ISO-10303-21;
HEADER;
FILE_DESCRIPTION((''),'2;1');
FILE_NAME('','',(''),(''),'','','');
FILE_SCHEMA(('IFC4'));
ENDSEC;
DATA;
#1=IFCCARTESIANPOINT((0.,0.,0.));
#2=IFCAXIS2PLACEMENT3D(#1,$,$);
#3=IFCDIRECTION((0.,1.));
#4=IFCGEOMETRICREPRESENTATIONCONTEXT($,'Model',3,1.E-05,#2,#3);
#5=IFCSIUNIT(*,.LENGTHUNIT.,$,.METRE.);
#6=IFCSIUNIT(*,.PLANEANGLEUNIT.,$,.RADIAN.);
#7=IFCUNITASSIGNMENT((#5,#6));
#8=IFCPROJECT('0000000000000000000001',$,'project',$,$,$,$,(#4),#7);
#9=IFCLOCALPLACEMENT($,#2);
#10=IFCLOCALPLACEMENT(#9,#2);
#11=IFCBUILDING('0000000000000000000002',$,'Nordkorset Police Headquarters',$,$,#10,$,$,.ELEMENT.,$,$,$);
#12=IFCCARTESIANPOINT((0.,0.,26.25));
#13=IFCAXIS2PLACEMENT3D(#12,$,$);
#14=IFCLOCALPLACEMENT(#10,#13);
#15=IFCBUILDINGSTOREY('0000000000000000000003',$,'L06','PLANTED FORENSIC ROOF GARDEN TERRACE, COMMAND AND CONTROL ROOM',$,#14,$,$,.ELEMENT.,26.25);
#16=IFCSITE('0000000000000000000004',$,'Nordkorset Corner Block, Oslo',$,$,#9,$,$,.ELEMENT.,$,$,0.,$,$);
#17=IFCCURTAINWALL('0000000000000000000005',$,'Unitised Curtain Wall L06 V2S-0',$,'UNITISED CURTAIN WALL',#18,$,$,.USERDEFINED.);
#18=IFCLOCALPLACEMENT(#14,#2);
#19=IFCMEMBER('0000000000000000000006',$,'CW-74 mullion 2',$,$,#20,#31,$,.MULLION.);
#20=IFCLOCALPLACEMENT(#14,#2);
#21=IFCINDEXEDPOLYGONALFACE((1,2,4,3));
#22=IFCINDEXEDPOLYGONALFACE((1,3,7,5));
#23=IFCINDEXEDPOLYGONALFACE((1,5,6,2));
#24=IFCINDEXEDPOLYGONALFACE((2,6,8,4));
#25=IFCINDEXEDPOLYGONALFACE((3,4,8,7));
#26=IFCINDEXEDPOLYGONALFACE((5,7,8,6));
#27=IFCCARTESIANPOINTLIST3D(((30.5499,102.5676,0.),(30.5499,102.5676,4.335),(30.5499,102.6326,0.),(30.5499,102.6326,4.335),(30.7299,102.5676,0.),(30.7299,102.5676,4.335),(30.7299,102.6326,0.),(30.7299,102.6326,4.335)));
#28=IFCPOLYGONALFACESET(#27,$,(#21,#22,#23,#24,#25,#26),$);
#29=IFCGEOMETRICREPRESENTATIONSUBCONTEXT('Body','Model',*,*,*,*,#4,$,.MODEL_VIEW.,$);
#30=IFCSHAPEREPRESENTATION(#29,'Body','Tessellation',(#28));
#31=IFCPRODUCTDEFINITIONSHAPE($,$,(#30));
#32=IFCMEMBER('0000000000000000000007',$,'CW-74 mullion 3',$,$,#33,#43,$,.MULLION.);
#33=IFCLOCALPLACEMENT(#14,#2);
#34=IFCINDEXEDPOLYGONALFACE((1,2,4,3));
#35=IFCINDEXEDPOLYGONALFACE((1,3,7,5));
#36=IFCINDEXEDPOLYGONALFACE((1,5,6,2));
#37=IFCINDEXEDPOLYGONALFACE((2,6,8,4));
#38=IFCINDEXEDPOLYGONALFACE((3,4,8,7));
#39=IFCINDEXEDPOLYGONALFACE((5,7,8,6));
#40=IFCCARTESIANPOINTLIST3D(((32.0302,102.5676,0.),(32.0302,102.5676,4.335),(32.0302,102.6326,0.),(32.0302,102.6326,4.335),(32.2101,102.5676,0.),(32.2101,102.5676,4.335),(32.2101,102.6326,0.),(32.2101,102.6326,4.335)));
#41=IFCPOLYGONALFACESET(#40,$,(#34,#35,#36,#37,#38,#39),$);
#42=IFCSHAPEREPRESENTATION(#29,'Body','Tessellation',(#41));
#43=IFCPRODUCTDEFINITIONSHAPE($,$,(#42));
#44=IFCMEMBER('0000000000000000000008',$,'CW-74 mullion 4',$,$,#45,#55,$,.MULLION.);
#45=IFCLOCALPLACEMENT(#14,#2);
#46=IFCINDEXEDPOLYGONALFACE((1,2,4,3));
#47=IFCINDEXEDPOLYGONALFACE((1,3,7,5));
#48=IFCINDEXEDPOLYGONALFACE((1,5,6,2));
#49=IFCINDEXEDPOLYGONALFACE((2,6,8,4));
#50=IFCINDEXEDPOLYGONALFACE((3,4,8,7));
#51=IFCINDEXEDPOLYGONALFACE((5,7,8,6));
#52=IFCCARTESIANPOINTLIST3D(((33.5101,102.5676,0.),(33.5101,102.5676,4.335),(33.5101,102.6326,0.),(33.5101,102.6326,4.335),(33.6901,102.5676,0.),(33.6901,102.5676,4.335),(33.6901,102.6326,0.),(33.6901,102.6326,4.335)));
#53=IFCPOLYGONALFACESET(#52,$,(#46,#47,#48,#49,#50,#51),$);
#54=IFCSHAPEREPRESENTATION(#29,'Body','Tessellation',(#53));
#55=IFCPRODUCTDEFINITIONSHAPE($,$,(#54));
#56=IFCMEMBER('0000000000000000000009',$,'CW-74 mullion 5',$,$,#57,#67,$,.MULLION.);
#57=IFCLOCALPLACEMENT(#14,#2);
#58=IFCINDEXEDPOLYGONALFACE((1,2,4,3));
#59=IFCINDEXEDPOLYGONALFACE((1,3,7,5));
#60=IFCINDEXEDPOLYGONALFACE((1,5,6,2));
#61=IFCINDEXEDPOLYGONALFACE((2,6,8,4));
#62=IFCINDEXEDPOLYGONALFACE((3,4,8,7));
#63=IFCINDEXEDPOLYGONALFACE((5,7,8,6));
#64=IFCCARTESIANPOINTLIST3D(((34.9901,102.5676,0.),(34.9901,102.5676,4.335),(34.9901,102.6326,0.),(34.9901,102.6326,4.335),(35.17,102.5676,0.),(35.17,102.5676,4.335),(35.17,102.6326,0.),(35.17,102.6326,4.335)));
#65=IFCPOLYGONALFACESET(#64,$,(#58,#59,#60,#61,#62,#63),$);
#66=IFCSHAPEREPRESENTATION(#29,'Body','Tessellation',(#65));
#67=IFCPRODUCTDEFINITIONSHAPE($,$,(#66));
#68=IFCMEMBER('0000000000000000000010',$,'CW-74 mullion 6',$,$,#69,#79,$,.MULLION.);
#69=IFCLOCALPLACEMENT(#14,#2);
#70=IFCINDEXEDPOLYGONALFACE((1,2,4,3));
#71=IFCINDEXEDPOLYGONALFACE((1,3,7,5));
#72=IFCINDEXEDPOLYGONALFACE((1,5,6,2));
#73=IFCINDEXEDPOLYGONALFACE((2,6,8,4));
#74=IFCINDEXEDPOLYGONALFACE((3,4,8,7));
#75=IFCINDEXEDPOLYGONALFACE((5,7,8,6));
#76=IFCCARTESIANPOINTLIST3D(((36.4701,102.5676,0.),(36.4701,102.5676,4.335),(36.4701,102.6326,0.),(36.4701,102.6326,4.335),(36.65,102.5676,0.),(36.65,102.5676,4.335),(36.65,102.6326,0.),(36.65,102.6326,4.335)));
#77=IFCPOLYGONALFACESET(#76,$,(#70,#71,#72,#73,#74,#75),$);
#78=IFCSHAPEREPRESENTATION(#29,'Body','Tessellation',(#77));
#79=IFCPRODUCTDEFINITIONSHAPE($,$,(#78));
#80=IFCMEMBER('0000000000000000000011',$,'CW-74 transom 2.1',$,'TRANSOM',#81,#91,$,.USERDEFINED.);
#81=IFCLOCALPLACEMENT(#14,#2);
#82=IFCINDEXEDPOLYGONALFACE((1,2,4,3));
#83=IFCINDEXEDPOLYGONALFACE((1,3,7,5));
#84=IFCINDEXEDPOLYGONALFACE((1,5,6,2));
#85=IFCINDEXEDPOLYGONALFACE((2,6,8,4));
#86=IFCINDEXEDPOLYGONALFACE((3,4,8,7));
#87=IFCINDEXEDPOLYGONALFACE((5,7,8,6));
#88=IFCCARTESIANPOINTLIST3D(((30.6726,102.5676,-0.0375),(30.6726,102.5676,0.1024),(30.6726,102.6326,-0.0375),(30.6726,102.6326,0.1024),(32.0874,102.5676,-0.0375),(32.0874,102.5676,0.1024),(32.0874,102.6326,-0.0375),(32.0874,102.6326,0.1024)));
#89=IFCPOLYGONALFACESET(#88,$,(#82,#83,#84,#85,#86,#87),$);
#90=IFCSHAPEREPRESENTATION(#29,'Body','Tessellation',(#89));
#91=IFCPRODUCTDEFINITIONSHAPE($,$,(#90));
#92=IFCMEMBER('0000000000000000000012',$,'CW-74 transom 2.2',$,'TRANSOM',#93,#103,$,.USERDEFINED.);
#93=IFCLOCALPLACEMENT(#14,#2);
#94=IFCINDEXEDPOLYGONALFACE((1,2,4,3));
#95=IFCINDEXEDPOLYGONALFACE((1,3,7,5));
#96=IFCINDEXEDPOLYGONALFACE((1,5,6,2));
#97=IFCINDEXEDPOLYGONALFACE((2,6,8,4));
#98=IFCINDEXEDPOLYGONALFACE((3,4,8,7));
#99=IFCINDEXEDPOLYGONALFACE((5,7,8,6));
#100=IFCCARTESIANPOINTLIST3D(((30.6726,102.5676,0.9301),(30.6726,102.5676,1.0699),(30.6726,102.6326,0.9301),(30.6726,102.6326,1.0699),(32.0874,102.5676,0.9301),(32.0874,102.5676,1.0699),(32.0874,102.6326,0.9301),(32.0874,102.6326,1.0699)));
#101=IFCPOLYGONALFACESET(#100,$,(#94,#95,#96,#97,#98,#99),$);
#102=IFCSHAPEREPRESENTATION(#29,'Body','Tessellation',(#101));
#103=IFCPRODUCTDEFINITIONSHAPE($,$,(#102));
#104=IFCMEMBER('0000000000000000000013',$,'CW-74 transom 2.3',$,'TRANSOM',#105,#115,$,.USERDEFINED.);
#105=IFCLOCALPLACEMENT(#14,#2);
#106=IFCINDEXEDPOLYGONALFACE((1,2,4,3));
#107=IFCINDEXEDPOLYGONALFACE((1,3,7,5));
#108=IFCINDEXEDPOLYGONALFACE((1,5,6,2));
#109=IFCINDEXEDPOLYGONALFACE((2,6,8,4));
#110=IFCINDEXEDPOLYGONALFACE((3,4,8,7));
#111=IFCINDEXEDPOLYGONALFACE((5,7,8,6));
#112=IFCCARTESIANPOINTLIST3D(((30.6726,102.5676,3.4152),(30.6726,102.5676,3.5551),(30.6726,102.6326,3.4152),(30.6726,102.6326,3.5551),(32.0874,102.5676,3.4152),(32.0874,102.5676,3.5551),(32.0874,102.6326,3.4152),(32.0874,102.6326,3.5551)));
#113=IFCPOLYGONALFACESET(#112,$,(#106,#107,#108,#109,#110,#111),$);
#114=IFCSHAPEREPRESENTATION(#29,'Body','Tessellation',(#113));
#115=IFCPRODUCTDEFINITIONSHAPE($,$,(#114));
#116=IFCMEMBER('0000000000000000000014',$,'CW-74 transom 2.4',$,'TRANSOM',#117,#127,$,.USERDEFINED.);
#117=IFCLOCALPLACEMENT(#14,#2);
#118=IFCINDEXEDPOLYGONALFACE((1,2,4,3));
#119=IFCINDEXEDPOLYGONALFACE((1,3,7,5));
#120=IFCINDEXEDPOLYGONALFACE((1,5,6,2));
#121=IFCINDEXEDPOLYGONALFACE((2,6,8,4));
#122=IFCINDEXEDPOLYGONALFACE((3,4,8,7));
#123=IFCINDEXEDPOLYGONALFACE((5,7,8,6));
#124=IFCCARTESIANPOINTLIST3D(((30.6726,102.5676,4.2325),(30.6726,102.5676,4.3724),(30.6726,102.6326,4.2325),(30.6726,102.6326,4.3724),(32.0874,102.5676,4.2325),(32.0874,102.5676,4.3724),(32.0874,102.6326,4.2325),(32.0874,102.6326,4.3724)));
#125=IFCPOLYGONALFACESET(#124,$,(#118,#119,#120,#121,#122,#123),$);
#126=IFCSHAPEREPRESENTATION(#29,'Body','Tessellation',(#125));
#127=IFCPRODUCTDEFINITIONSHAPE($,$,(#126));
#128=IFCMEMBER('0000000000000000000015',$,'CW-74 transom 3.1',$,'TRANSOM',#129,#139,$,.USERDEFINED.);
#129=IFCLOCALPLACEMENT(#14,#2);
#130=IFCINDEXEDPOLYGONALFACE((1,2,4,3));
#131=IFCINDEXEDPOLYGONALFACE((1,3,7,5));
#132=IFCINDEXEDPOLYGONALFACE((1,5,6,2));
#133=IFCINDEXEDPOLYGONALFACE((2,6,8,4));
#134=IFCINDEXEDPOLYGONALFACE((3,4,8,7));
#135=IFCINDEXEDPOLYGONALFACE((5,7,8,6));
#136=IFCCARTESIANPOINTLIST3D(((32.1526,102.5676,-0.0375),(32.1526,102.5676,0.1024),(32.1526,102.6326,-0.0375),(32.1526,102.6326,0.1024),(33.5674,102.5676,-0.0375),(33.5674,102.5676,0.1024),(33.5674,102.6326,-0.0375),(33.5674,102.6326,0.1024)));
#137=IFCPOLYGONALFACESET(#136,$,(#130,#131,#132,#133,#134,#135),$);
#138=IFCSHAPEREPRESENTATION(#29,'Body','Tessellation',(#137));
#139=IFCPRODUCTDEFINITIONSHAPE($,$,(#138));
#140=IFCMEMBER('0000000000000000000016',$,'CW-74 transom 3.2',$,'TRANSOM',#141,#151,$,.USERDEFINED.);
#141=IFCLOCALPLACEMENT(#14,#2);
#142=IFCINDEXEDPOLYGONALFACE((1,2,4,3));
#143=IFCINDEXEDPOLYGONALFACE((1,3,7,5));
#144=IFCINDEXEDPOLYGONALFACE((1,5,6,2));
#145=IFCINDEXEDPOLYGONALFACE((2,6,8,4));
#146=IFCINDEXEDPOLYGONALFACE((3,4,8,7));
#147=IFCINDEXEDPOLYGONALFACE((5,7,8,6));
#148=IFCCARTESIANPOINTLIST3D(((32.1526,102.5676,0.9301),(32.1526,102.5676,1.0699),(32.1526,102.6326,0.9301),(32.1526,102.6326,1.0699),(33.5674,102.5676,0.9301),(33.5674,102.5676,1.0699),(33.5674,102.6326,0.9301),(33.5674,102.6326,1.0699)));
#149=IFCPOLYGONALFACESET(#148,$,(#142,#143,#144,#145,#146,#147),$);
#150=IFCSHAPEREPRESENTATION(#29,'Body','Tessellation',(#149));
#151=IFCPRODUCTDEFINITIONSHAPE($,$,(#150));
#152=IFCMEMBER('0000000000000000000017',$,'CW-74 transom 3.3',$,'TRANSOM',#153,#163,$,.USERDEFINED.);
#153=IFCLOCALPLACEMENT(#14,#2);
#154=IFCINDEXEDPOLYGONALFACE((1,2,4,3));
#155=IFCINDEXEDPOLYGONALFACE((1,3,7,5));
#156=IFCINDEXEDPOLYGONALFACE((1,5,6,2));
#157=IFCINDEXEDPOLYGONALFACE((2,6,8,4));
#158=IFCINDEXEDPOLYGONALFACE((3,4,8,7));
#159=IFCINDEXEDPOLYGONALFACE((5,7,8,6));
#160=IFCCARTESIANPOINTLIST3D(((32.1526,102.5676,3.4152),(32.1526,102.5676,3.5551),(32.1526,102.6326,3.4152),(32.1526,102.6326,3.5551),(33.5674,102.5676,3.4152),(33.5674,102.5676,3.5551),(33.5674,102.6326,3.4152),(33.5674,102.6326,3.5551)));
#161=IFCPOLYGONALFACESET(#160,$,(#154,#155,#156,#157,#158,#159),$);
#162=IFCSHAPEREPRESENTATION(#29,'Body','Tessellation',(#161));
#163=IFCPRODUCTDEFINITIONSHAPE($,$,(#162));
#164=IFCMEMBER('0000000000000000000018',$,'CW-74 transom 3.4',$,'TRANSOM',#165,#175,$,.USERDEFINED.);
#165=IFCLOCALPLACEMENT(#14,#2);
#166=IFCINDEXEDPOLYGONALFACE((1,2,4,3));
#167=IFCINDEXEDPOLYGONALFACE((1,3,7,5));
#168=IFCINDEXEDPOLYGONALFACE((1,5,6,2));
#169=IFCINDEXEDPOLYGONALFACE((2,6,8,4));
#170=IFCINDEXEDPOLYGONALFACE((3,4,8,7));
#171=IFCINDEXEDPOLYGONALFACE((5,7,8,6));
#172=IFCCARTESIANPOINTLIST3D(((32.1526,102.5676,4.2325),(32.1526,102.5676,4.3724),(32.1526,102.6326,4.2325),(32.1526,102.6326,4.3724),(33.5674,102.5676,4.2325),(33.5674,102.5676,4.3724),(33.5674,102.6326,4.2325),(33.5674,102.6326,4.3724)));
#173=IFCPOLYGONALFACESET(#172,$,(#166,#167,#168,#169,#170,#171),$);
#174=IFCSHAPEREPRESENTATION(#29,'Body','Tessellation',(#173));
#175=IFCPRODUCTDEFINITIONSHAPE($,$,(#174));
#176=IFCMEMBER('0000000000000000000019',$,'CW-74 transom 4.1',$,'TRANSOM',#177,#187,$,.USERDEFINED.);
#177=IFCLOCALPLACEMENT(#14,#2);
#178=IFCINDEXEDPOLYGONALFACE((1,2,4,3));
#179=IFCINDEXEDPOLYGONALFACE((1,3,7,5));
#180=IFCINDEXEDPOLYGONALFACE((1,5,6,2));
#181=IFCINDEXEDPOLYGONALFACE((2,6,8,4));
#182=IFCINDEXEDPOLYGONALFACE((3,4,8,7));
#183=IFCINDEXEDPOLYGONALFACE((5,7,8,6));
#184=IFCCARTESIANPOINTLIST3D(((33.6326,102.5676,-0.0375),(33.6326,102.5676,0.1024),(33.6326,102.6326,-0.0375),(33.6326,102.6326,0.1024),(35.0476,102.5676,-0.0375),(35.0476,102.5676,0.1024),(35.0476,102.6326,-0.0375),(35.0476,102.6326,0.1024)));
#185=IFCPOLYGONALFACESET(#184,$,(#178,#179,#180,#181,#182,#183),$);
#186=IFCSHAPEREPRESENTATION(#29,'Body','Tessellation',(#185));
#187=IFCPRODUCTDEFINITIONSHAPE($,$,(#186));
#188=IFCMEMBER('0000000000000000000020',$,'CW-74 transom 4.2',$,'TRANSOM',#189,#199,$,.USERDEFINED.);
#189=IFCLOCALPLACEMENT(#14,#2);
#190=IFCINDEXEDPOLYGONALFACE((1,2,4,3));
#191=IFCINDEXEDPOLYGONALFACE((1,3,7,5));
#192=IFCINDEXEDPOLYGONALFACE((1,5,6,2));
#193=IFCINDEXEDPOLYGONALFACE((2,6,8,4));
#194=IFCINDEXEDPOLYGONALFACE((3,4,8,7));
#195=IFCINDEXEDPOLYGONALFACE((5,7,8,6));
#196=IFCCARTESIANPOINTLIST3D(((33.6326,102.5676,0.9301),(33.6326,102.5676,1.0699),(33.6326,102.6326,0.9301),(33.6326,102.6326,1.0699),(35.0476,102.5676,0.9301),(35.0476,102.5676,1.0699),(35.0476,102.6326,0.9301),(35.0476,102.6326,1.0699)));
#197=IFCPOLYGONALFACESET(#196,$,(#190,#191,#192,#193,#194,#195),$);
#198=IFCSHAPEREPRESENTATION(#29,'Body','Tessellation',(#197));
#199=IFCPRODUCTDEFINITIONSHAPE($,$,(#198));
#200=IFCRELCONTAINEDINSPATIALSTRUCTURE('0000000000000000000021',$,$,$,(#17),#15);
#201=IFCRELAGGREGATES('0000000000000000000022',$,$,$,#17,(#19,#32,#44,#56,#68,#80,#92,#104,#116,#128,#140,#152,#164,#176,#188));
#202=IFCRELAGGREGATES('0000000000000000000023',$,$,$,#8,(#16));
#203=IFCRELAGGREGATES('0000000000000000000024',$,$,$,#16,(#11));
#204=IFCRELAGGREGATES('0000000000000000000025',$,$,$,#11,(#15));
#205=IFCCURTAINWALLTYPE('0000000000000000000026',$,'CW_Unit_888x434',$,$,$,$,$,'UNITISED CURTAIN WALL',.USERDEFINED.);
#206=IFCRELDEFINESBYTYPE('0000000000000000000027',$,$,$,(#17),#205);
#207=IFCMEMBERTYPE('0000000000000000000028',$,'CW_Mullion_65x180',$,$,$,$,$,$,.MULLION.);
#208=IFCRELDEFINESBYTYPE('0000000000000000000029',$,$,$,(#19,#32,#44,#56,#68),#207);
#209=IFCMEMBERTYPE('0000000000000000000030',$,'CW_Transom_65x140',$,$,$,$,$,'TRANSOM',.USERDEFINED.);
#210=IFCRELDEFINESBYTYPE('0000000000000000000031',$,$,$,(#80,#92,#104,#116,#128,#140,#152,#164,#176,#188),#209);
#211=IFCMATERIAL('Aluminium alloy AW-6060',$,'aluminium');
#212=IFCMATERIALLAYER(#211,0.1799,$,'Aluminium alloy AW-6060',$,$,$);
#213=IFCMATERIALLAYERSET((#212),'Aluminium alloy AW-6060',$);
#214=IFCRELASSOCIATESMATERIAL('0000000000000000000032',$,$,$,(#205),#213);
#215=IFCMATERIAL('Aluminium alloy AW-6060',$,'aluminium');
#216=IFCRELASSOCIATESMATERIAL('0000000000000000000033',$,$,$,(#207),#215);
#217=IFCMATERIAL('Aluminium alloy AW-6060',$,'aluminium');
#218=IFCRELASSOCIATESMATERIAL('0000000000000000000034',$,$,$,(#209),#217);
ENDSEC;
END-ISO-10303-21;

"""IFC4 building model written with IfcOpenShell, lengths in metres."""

from ifc_helpers import new_model, si_unit, direction, frame, origin, origin_2d, place, context, subcontext, project, spatial, rectangle, extrude, material, layer, layer_set, material_profile, profile_set, type_object, element, aggregate, save


model = new_model("IFC4")

# Units and contexts
model_context = context("Model", 3, precision=1e-05, world=origin(), true_north=direction((0.0, 1.0)))
body_context = subcontext(model_context, "Body", "Model", "MODEL_VIEW")
ifc_project = project(units=[si_unit("LENGTHUNIT", "METRE"), si_unit("PLANEANGLEUNIT", "RADIAN")], contexts=[model_context])

# Site, building, storey
site_placement = place(None, origin())
site = spatial("IfcSite", under=ifc_project, at=site_placement, Name="Nordkorset Corner Block, Oslo", CompositionType="ELEMENT", RefElevation=0.0)
building_placement = place(site_placement, origin())
building = spatial("IfcBuilding", under=site, at=building_placement, Name="Nordkorset Police Headquarters", CompositionType="ELEMENT")
storey_placement = place(building_placement, frame((0.0, 0.0, 26.25)))
storey = spatial("IfcBuildingStorey", under=building, at=storey_placement, Name="L06", Description="PLANTED FORENSIC ROOF GARDEN TERRACE, COMMAND AND CONTROL ROOM", CompositionType="ELEMENT", Elevation=26.25)

# Curtain wall, members
ifc_material_1 = material(Name="Aluminium alloy AW-6060", Category="aluminium")
ifc_layer_1 = layer(ifc_material_1, 0.1799, Name="Aluminium alloy AW-6060")
ifc_layer_set_1 = layer_set([ifc_layer_1], Name="Aluminium alloy AW-6060")
curtain_wall_type = type_object("IfcCurtainWallType", Name="CW_Unit_888x434", ElementType="UNITISED CURTAIN WALL", PredefinedType="USERDEFINED", material=ifc_layer_set_1)
curtain_wall_placement = place(storey_placement, origin())
curtain_wall = element("IfcCurtainWall", 1, at=curtain_wall_placement, inside=storey, type_object=curtain_wall_type, Name="Unitised Curtain Wall L06 V2S-0", ObjectType="UNITISED CURTAIN WALL", PredefinedType="USERDEFINED")
ifc_material_2 = material(Name="Aluminium alloy AW-6060", Category="aluminium")
ifc_material_profile_1 = material_profile(ifc_material_2, rectangle(XDim=0.0649, YDim=0.1799, at=origin_2d()), Name="ALU MULL 65x180")
ifc_profile_set_1 = profile_set([ifc_material_profile_1], Name="Aluminium alloy AW-6060")
member_type_1 = type_object("IfcMemberType", Name="CW_Mullion_65x180", PredefinedType="MULLION", material=ifc_profile_set_1)
member_1_placement = place(storey_placement, frame((30.6399, 102.6001, 0.0), z_axis=(0.0, 0.0, 1.0), x_axis=(0.0, 1.0, 0.0)))
member_1 = element("IfcMember", 2, at=member_1_placement, type_object=member_type_1, Name="CW-74 mullion 2", PredefinedType="MULLION", context=body_context, shape_type="SweptSolid", body=[
    extrude(rectangle(XDim=0.0649, YDim=0.1799, at=origin_2d()), origin(), (0.0, 0.0, 1.0), 4.335),
])
member_2_placement = place(storey_placement, frame((32.1201, 102.6001, 0.0), z_axis=(0.0, 0.0, 1.0), x_axis=(0.0, 1.0, 0.0)))
member_2 = element("IfcMember", 3, at=member_2_placement, type_object=member_type_1, Name="CW-74 mullion 3", PredefinedType="MULLION", context=body_context, shape_type="SweptSolid", body=[
    extrude(rectangle(XDim=0.0649, YDim=0.1799, at=origin_2d()), origin(), (0.0, 0.0, 1.0), 4.335),
])
member_3_placement = place(storey_placement, frame((33.6001, 102.6001, 0.0), z_axis=(0.0, 0.0, 1.0), x_axis=(0.0, 1.0, 0.0)))
member_3 = element("IfcMember", 4, at=member_3_placement, type_object=member_type_1, Name="CW-74 mullion 4", PredefinedType="MULLION", context=body_context, shape_type="SweptSolid", body=[
    extrude(rectangle(XDim=0.0649, YDim=0.1799, at=origin_2d()), origin(), (0.0, 0.0, 1.0), 4.335),
])
member_4_placement = place(storey_placement, frame((35.0801, 102.6001, 0.0), z_axis=(0.0, 0.0, 1.0), x_axis=(0.0, 1.0, 0.0)))
member_4 = element("IfcMember", 5, at=member_4_placement, type_object=member_type_1, Name="CW-74 mullion 5", PredefinedType="MULLION", context=body_context, shape_type="SweptSolid", body=[
    extrude(rectangle(XDim=0.0649, YDim=0.1799, at=origin_2d()), origin(), (0.0, 0.0, 1.0), 4.335),
])
member_5_placement = place(storey_placement, frame((36.5601, 102.6001, 0.0), z_axis=(0.0, 0.0, 1.0), x_axis=(0.0, 1.0, 0.0)))
member_5 = element("IfcMember", 6, at=member_5_placement, type_object=member_type_1, Name="CW-74 mullion 6", PredefinedType="MULLION", context=body_context, shape_type="SweptSolid", body=[
    extrude(rectangle(XDim=0.0649, YDim=0.1799, at=origin_2d()), origin(), (0.0, 0.0, 1.0), 4.335),
])
ifc_material_3 = material(Name="Aluminium alloy AW-6060", Category="aluminium")
ifc_material_profile_2 = material_profile(ifc_material_3, rectangle(XDim=0.0649, YDim=0.1399, at=origin_2d()), Name="ALU TRAN 65x140")
ifc_profile_set_2 = profile_set([ifc_material_profile_2], Name="Aluminium alloy AW-6060")
member_type_2 = type_object("IfcMemberType", Name="CW_Transom_65x140", ElementType="TRANSOM", PredefinedType="USERDEFINED", material=ifc_profile_set_2)
member_6_placement = place(storey_placement, frame((30.6726, 102.6001, 0.0325), z_axis=(1.0, 0.0, 0.0), x_axis=(0.0, 1.0, 0.0)))
member_6 = element("IfcMember", 7, at=member_6_placement, type_object=member_type_2, Name="CW-74 transom 2.1", ObjectType="TRANSOM", PredefinedType="USERDEFINED", context=body_context, shape_type="SweptSolid", body=[
    extrude(rectangle(XDim=0.0649, YDim=0.1399, at=origin_2d()), origin(), (0.0, 0.0, 1.0), 1.4148),
])
member_7_placement = place(storey_placement, frame((30.6726, 102.6001, 1.0), z_axis=(1.0, 0.0, 0.0), x_axis=(0.0, 1.0, 0.0)))
member_7 = element("IfcMember", 8, at=member_7_placement, type_object=member_type_2, Name="CW-74 transom 2.2", ObjectType="TRANSOM", PredefinedType="USERDEFINED", context=body_context, shape_type="SweptSolid", body=[
    extrude(rectangle(XDim=0.0649, YDim=0.1399, at=origin_2d()), origin(), (0.0, 0.0, 1.0), 1.4148),
])
member_8_placement = place(storey_placement, frame((30.6726, 102.6001, 3.4851), z_axis=(1.0, 0.0, 0.0), x_axis=(0.0, 1.0, 0.0)))
member_8 = element("IfcMember", 9, at=member_8_placement, type_object=member_type_2, Name="CW-74 transom 2.3", ObjectType="TRANSOM", PredefinedType="USERDEFINED", context=body_context, shape_type="SweptSolid", body=[
    extrude(rectangle(XDim=0.0649, YDim=0.1399, at=origin_2d()), origin(), (0.0, 0.0, 1.0), 1.4148),
])
member_9_placement = place(storey_placement, frame((30.6726, 102.6001, 4.3025), z_axis=(1.0, 0.0, 0.0), x_axis=(0.0, 1.0, 0.0)))
member_9 = element("IfcMember", 10, at=member_9_placement, type_object=member_type_2, Name="CW-74 transom 2.4", ObjectType="TRANSOM", PredefinedType="USERDEFINED", context=body_context, shape_type="SweptSolid", body=[
    extrude(rectangle(XDim=0.0649, YDim=0.1399, at=origin_2d()), origin(), (0.0, 0.0, 1.0), 1.4148),
])
member_10_placement = place(storey_placement, frame((32.1526, 102.6001, 0.0325), z_axis=(1.0, 0.0, 0.0), x_axis=(0.0, 1.0, 0.0)))
member_10 = element("IfcMember", 11, at=member_10_placement, type_object=member_type_2, Name="CW-74 transom 3.1", ObjectType="TRANSOM", PredefinedType="USERDEFINED", context=body_context, shape_type="SweptSolid", body=[
    extrude(rectangle(XDim=0.0649, YDim=0.1399, at=origin_2d()), origin(), (0.0, 0.0, 1.0), 1.4148),
])
member_11_placement = place(storey_placement, frame((32.1526, 102.6001, 1.0), z_axis=(1.0, 0.0, 0.0), x_axis=(0.0, 1.0, 0.0)))
member_11 = element("IfcMember", 12, at=member_11_placement, type_object=member_type_2, Name="CW-74 transom 3.2", ObjectType="TRANSOM", PredefinedType="USERDEFINED", context=body_context, shape_type="SweptSolid", body=[
    extrude(rectangle(XDim=0.0649, YDim=0.1399, at=origin_2d()), origin(), (0.0, 0.0, 1.0), 1.4148),
])
member_12_placement = place(storey_placement, frame((32.1526, 102.6001, 3.4851), z_axis=(1.0, 0.0, 0.0), x_axis=(0.0, 1.0, 0.0)))
member_12 = element("IfcMember", 13, at=member_12_placement, type_object=member_type_2, Name="CW-74 transom 3.3", ObjectType="TRANSOM", PredefinedType="USERDEFINED", context=body_context, shape_type="SweptSolid", body=[
    extrude(rectangle(XDim=0.0649, YDim=0.1399, at=origin_2d()), origin(), (0.0, 0.0, 1.0), 1.4148),
])
member_13_placement = place(storey_placement, frame((32.1526, 102.6001, 4.3025), z_axis=(1.0, 0.0, 0.0), x_axis=(0.0, 1.0, 0.0)))
member_13 = element("IfcMember", 14, at=member_13_placement, type_object=member_type_2, Name="CW-74 transom 3.4", ObjectType="TRANSOM", PredefinedType="USERDEFINED", context=body_context, shape_type="SweptSolid", body=[
    extrude(rectangle(XDim=0.0649, YDim=0.1399, at=origin_2d()), origin(), (0.0, 0.0, 1.0), 1.4148),
])
member_14_placement = place(storey_placement, frame((33.6326, 102.6001, 0.0325), z_axis=(1.0, 0.0, 0.0), x_axis=(0.0, 1.0, 0.0)))
member_14 = element("IfcMember", 15, at=member_14_placement, type_object=member_type_2, Name="CW-74 transom 4.1", ObjectType="TRANSOM", PredefinedType="USERDEFINED", context=body_context, shape_type="SweptSolid", body=[
    extrude(rectangle(XDim=0.0649, YDim=0.1399, at=origin_2d()), origin(), (0.0, 0.0, 1.0), 1.415),
])
member_15_placement = place(storey_placement, frame((33.6326, 102.6001, 1.0), z_axis=(1.0, 0.0, 0.0), x_axis=(0.0, 1.0, 0.0)))
member_15 = element("IfcMember", 16, at=member_15_placement, type_object=member_type_2, Name="CW-74 transom 4.2", ObjectType="TRANSOM", PredefinedType="USERDEFINED", context=body_context, shape_type="SweptSolid", body=[
    extrude(rectangle(XDim=0.0649, YDim=0.1399, at=origin_2d()), origin(), (0.0, 0.0, 1.0), 1.415),
])
aggregate(curtain_wall, [member_1, member_2, member_3, member_4, member_5, member_6, member_7, member_8, member_9, member_10, member_11, member_12, member_13, member_14, member_15])

save(model, "model.ifc")
